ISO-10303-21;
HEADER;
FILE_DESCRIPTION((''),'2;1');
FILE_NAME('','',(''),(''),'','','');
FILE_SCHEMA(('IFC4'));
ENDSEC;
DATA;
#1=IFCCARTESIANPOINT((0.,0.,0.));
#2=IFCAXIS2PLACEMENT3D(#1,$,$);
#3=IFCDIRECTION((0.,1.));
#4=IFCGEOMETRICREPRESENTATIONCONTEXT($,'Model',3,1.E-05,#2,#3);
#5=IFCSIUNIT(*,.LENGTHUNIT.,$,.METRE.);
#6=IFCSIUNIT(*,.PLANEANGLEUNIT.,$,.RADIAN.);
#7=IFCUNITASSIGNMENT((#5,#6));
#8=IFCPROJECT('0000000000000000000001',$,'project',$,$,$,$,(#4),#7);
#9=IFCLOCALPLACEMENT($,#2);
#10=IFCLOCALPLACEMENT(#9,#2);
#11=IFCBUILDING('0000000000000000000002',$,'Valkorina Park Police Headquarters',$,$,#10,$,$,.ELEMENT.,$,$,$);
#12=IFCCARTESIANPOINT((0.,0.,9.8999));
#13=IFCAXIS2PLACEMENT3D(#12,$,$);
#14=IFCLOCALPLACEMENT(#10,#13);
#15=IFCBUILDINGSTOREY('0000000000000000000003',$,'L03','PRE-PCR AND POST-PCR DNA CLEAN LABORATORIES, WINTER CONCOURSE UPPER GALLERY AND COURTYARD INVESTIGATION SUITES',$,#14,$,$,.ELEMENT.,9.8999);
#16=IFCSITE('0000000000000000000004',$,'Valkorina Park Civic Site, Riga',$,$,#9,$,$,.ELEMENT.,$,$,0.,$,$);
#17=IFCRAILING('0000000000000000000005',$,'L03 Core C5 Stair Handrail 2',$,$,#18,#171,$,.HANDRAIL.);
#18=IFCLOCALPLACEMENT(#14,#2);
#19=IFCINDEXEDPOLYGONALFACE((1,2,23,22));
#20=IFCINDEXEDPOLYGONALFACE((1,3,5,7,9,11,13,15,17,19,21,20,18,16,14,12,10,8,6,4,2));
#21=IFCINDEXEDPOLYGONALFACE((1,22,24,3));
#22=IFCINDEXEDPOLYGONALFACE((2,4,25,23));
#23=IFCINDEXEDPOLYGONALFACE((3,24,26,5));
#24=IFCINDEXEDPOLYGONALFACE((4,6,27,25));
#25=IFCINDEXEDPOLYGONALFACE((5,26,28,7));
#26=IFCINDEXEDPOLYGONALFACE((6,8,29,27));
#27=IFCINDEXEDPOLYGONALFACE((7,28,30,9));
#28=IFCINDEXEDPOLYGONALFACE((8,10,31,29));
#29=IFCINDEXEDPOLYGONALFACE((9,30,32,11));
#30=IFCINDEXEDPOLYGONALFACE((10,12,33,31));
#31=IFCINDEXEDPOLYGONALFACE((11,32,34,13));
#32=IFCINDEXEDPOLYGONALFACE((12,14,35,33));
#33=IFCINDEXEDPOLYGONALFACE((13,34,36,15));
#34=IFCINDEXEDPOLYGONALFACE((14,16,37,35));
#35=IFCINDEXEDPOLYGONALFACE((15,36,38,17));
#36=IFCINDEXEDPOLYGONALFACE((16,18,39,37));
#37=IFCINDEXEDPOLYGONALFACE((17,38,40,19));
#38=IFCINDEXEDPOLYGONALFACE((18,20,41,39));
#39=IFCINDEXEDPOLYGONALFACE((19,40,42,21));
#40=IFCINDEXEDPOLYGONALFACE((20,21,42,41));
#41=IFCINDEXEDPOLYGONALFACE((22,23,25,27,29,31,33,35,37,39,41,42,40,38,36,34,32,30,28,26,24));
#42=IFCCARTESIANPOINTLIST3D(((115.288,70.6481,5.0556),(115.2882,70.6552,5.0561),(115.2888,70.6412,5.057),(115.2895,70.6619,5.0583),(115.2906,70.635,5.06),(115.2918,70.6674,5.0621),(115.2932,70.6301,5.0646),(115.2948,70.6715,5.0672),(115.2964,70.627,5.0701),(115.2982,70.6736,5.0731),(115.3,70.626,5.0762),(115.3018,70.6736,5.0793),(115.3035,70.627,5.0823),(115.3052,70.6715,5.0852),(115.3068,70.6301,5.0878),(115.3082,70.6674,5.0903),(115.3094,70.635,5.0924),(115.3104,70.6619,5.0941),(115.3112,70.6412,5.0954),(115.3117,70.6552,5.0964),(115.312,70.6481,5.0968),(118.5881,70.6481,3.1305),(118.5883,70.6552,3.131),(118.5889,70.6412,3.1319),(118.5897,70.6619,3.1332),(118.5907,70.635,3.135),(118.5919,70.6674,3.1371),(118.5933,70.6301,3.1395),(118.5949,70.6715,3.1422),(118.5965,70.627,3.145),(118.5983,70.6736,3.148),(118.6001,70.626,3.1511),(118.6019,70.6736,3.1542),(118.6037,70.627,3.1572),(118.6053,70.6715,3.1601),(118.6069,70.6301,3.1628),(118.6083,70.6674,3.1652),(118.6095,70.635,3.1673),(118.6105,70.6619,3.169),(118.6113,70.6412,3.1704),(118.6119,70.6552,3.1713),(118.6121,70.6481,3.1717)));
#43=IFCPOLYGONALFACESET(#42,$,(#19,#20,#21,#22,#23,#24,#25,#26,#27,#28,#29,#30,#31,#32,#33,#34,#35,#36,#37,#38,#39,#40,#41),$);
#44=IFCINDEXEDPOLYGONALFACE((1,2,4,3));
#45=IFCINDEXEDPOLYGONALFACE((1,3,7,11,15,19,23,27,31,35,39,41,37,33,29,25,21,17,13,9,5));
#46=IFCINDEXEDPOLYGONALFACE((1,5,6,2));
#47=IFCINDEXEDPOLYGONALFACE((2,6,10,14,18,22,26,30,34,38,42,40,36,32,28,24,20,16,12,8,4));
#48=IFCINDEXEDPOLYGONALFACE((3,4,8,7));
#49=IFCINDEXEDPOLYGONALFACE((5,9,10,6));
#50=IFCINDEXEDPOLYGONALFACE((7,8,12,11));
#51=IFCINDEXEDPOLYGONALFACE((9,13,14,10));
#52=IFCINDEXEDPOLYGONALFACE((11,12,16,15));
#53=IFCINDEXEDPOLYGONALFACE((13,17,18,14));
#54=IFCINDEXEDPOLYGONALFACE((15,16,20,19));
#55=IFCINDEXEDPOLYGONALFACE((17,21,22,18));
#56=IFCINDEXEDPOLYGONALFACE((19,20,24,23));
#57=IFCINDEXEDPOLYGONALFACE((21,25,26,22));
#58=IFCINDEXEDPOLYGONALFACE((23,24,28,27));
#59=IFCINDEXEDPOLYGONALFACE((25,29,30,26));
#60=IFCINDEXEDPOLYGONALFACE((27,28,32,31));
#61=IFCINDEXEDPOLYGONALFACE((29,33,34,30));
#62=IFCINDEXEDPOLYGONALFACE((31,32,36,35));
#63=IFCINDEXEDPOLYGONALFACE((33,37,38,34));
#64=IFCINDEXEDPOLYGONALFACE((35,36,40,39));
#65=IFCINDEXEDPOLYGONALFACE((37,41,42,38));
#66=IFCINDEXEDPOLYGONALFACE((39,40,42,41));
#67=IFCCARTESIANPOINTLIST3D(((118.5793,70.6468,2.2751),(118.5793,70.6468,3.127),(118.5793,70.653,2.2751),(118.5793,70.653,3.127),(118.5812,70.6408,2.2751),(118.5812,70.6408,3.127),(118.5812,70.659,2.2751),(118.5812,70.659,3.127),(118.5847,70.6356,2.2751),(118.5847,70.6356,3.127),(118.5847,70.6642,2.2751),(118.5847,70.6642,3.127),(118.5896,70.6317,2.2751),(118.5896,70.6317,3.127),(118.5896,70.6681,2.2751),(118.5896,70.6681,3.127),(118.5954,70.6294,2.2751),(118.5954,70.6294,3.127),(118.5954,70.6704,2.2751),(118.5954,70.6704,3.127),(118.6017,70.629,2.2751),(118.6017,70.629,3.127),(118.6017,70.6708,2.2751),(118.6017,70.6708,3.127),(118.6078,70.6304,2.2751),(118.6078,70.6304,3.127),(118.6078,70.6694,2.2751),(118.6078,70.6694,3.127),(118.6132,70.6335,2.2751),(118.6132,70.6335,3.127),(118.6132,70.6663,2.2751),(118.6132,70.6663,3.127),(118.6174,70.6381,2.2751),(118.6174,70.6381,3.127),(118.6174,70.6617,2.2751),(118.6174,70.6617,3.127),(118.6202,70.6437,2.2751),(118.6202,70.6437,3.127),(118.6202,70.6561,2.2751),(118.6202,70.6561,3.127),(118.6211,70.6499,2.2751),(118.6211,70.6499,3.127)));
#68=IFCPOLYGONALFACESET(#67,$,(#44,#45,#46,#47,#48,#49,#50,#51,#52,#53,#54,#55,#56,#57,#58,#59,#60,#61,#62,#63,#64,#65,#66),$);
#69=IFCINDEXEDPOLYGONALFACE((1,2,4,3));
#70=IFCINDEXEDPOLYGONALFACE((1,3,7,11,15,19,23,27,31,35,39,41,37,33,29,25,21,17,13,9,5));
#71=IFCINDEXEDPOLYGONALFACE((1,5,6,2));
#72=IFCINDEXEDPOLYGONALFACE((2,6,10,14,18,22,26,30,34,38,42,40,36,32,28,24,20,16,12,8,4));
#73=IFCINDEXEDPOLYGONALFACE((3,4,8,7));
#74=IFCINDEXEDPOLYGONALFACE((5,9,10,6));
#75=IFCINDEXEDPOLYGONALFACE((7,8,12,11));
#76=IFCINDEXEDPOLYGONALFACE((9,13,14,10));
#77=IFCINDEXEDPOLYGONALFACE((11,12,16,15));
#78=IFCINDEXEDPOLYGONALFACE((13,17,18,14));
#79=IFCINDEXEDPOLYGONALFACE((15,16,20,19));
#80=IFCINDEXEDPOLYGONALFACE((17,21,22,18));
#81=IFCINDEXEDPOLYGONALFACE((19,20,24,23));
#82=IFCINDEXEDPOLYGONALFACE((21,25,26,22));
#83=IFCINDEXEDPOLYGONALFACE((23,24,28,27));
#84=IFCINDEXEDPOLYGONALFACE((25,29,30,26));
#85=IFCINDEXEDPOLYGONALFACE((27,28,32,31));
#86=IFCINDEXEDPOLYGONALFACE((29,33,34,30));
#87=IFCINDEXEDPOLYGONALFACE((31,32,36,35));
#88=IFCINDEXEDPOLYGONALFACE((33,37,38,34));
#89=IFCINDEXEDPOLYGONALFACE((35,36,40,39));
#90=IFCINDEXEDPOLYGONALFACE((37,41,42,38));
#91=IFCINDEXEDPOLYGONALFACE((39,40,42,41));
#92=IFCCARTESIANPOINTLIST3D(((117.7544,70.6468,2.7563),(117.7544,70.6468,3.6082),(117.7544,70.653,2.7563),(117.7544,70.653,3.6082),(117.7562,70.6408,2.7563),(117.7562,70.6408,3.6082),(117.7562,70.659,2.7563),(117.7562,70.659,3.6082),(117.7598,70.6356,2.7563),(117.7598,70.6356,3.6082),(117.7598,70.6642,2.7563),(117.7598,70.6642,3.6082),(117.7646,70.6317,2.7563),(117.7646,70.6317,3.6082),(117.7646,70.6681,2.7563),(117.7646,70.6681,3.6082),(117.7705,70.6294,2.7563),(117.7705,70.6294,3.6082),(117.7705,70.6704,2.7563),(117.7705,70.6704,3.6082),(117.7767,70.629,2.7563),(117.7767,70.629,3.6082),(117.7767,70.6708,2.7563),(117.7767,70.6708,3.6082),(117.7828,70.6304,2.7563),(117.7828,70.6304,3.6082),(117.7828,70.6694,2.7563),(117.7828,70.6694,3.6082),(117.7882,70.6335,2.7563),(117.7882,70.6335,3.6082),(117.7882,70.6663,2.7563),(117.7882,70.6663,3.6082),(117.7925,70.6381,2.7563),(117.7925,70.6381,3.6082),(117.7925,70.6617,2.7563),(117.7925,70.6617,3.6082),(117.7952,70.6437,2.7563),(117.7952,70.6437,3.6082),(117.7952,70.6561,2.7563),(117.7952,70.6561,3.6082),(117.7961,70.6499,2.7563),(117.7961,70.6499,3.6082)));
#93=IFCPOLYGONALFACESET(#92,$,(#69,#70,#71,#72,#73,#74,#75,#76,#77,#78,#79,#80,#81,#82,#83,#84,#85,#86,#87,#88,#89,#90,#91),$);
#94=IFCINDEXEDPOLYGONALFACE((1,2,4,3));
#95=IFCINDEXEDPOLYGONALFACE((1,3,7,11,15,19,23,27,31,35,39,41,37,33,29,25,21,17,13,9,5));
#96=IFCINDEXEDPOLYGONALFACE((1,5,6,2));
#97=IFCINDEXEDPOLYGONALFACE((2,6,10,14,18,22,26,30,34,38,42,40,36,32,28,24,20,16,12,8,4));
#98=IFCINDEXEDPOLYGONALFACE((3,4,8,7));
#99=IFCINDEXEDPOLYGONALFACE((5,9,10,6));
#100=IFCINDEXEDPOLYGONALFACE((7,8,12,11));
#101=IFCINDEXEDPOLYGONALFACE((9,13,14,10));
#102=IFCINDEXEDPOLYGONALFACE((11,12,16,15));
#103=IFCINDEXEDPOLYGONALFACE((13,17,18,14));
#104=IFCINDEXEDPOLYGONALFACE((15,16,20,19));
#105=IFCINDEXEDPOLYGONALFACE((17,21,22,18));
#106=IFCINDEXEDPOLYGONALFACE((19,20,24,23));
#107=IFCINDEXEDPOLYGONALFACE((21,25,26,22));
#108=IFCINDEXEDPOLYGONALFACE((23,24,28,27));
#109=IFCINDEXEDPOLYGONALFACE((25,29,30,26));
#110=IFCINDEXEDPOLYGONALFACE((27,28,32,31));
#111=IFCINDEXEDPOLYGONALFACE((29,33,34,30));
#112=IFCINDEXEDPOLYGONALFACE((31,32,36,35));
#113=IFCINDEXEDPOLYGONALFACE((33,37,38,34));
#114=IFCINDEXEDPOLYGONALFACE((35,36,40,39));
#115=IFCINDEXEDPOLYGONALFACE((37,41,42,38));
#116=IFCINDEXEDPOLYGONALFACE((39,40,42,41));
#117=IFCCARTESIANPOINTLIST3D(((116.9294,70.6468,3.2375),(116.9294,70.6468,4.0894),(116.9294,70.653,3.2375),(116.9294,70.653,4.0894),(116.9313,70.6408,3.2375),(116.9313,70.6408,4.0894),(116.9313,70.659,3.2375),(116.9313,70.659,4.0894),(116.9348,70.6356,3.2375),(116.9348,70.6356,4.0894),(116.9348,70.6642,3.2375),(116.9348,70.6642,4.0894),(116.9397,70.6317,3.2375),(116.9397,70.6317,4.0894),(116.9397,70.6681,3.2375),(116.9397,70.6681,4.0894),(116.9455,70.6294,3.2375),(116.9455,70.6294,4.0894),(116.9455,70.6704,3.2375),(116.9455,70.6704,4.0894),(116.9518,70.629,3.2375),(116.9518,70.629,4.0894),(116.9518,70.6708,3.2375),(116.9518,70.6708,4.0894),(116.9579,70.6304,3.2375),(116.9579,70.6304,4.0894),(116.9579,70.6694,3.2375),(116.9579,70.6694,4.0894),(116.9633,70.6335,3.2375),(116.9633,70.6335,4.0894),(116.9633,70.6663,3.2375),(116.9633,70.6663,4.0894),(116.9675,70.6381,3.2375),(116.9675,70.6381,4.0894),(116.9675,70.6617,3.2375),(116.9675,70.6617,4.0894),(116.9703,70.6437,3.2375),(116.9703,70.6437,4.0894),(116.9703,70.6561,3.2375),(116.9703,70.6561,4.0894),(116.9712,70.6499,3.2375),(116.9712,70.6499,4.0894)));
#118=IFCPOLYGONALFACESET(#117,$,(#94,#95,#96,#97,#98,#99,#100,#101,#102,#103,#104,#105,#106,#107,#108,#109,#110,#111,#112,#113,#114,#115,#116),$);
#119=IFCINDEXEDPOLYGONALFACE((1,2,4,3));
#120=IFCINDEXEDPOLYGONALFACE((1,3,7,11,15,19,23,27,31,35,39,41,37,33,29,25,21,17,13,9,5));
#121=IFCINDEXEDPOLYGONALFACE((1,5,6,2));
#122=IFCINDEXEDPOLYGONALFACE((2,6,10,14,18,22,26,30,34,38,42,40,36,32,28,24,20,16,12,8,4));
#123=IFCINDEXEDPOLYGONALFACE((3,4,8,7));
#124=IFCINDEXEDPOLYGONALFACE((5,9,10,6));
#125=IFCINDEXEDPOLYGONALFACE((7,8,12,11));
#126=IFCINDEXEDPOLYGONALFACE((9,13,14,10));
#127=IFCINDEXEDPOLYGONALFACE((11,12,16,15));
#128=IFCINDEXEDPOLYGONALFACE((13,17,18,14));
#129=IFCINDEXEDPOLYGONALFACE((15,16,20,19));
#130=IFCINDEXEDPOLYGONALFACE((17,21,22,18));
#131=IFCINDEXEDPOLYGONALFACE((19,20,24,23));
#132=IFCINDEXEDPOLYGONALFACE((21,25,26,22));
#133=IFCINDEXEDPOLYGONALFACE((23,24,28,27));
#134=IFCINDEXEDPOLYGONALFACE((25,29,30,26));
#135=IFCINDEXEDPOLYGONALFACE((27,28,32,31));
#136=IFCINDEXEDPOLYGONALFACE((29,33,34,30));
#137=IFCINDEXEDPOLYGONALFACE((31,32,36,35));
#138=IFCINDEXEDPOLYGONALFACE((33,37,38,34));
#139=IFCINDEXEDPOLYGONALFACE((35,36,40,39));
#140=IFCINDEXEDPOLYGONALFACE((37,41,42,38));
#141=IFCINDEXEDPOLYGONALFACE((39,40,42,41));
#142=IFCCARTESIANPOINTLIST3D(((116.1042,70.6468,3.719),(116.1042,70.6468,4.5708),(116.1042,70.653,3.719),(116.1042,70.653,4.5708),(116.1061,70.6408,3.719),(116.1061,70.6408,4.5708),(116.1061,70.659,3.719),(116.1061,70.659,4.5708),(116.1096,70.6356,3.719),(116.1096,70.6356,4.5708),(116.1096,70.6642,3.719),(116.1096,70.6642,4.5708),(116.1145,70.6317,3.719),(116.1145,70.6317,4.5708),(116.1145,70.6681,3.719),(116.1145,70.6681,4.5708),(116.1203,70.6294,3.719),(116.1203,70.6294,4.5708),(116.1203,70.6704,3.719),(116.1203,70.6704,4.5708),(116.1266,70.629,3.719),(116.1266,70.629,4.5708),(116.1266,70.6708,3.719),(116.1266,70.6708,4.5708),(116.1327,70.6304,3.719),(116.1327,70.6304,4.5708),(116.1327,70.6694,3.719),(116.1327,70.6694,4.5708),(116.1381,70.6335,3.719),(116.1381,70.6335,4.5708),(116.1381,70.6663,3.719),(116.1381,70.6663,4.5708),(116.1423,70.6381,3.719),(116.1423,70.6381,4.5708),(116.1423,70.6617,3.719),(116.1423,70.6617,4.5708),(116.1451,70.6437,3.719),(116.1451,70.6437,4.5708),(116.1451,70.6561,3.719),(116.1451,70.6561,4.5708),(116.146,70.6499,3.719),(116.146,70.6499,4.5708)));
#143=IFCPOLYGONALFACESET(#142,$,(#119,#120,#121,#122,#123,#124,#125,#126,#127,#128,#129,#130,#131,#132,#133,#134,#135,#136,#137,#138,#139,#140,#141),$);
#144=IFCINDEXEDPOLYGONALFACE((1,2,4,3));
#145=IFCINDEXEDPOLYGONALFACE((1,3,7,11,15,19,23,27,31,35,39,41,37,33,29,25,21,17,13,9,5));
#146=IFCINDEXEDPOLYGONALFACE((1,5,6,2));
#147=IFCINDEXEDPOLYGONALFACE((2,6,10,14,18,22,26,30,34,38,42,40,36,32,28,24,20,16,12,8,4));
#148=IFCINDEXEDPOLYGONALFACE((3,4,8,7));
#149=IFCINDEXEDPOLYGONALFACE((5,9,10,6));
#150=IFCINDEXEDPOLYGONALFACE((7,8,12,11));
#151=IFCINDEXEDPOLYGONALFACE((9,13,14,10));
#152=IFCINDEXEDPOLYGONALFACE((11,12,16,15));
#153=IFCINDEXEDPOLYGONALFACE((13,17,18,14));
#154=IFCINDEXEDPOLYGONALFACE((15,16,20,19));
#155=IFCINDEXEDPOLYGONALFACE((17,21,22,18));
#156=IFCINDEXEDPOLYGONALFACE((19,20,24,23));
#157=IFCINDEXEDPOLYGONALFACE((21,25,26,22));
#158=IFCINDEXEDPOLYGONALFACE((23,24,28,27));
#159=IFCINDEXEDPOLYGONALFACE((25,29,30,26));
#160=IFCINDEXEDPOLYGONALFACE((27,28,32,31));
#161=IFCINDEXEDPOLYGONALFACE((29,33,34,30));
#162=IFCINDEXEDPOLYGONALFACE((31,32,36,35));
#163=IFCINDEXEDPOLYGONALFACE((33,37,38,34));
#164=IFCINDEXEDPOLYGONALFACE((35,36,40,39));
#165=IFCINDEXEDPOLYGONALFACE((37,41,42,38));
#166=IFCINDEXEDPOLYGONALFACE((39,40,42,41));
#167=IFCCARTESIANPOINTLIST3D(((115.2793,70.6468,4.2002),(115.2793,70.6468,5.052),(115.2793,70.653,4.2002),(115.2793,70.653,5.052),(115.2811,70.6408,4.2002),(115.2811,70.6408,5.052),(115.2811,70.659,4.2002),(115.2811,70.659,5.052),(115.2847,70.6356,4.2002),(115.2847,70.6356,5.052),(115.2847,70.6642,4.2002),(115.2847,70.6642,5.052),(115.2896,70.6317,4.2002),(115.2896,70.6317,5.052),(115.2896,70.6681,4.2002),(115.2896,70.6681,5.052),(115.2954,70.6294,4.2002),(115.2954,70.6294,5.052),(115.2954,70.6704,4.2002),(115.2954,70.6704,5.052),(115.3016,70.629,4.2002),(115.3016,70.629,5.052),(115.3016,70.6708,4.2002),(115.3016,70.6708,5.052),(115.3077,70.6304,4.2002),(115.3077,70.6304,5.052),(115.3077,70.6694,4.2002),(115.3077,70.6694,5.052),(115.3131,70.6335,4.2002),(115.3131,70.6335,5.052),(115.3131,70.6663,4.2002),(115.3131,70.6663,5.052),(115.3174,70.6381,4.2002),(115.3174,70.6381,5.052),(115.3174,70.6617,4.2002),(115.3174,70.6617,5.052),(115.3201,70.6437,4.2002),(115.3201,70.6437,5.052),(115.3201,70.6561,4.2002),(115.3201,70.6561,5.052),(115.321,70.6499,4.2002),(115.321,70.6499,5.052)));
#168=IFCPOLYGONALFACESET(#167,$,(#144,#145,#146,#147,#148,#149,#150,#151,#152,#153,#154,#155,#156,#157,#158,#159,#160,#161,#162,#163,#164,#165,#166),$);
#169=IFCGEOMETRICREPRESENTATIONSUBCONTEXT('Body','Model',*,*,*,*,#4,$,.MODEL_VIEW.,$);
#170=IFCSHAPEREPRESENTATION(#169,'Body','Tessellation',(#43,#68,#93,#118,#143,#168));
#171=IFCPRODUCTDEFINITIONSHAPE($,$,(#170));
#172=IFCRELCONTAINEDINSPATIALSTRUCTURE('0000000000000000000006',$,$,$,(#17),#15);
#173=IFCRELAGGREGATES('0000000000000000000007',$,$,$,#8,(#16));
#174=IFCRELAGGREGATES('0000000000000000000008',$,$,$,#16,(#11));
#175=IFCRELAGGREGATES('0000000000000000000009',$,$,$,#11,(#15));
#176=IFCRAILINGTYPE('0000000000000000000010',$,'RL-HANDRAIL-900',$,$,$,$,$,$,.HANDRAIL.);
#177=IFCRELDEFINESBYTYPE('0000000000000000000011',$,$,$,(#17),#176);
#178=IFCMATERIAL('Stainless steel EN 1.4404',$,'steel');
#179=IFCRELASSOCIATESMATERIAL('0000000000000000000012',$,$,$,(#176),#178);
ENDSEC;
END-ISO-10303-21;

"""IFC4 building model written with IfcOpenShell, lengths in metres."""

from ifc_helpers import new_model, si_unit, direction, frame, origin, origin_2d, place, context, subcontext, project, spatial, circle, extrude, material, type_object, element, save


model = new_model("IFC4")

# Units and contexts
model_context = context("Model", 3, precision=1e-05, world=origin(), true_north=direction((0.0, 1.0)))
body_context = subcontext(model_context, "Body", "Model", "MODEL_VIEW")
ifc_project = project(units=[si_unit("LENGTHUNIT", "METRE"), si_unit("PLANEANGLEUNIT", "RADIAN")], contexts=[model_context])

# Site, building, storey
site_placement = place(None, origin())
site = spatial("IfcSite", under=ifc_project, at=site_placement, Name="Valkorina Park Civic Site, Riga", CompositionType="ELEMENT", RefElevation=0.0)
building_placement = place(site_placement, origin())
building = spatial("IfcBuilding", under=site, at=building_placement, Name="Valkorina Park Police Headquarters", CompositionType="ELEMENT")
storey_placement = place(building_placement, frame((0.0, 0.0, 9.8999)))
storey = spatial("IfcBuildingStorey", under=building, at=storey_placement, Name="L03", Description="PRE-PCR AND POST-PCR DNA CLEAN LABORATORIES, WINTER CONCOURSE UPPER GALLERY AND COURTYARD INVESTIGATION SUITES", CompositionType="ELEMENT", Elevation=9.8999)

# Railing
ifc_material_1 = material(Name="Stainless steel EN 1.4404", Category="steel")
railing_type_1 = type_object("IfcRailingType", Name="RL-HANDRAIL-900", PredefinedType="HANDRAIL", material=ifc_material_1)
railing_1_placement = place(storey_placement, frame((118.6001, 70.6499, 2.2751)))
element("IfcRailing", 1, at=railing_1_placement, inside=storey, type_object=railing_type_1, Name="L03 Core C5 Stair Handrail 2", PredefinedType="HANDRAIL", context=body_context, shape_type="SweptSolid", body=[
    extrude(circle(Radius=0.0239, at=origin_2d()), frame((0.0, 0.0, 0.876), z_axis=(-0.863777, 0.0, 0.503875), x_axis=(0.0, -1.0, 0.0)), (0.0, 0.0, 1.0), 3.8206),
    extrude(circle(Radius=0.021, at=origin_2d()), origin(), (0.0, 0.0, 1.0), 0.8518),
    extrude(circle(Radius=0.021, at=origin_2d()), frame((-0.825, 0.0, 0.4812)), (0.0, 0.0, 1.0), 0.8518),
    extrude(circle(Radius=0.021, at=origin_2d()), frame((-1.6499, 0.0, 0.9624)), (0.0, 0.0, 1.0), 0.8518),
    extrude(circle(Radius=0.021, at=origin_2d()), frame((-2.4751, 0.0, 1.4438)), (0.0, 0.0, 1.0), 0.8518),
    extrude(circle(Radius=0.021, at=origin_2d()), frame((-3.3, 0.0, 1.925)), (0.0, 0.0, 1.0), 0.8518),
])

save(model, "model.ifc")
